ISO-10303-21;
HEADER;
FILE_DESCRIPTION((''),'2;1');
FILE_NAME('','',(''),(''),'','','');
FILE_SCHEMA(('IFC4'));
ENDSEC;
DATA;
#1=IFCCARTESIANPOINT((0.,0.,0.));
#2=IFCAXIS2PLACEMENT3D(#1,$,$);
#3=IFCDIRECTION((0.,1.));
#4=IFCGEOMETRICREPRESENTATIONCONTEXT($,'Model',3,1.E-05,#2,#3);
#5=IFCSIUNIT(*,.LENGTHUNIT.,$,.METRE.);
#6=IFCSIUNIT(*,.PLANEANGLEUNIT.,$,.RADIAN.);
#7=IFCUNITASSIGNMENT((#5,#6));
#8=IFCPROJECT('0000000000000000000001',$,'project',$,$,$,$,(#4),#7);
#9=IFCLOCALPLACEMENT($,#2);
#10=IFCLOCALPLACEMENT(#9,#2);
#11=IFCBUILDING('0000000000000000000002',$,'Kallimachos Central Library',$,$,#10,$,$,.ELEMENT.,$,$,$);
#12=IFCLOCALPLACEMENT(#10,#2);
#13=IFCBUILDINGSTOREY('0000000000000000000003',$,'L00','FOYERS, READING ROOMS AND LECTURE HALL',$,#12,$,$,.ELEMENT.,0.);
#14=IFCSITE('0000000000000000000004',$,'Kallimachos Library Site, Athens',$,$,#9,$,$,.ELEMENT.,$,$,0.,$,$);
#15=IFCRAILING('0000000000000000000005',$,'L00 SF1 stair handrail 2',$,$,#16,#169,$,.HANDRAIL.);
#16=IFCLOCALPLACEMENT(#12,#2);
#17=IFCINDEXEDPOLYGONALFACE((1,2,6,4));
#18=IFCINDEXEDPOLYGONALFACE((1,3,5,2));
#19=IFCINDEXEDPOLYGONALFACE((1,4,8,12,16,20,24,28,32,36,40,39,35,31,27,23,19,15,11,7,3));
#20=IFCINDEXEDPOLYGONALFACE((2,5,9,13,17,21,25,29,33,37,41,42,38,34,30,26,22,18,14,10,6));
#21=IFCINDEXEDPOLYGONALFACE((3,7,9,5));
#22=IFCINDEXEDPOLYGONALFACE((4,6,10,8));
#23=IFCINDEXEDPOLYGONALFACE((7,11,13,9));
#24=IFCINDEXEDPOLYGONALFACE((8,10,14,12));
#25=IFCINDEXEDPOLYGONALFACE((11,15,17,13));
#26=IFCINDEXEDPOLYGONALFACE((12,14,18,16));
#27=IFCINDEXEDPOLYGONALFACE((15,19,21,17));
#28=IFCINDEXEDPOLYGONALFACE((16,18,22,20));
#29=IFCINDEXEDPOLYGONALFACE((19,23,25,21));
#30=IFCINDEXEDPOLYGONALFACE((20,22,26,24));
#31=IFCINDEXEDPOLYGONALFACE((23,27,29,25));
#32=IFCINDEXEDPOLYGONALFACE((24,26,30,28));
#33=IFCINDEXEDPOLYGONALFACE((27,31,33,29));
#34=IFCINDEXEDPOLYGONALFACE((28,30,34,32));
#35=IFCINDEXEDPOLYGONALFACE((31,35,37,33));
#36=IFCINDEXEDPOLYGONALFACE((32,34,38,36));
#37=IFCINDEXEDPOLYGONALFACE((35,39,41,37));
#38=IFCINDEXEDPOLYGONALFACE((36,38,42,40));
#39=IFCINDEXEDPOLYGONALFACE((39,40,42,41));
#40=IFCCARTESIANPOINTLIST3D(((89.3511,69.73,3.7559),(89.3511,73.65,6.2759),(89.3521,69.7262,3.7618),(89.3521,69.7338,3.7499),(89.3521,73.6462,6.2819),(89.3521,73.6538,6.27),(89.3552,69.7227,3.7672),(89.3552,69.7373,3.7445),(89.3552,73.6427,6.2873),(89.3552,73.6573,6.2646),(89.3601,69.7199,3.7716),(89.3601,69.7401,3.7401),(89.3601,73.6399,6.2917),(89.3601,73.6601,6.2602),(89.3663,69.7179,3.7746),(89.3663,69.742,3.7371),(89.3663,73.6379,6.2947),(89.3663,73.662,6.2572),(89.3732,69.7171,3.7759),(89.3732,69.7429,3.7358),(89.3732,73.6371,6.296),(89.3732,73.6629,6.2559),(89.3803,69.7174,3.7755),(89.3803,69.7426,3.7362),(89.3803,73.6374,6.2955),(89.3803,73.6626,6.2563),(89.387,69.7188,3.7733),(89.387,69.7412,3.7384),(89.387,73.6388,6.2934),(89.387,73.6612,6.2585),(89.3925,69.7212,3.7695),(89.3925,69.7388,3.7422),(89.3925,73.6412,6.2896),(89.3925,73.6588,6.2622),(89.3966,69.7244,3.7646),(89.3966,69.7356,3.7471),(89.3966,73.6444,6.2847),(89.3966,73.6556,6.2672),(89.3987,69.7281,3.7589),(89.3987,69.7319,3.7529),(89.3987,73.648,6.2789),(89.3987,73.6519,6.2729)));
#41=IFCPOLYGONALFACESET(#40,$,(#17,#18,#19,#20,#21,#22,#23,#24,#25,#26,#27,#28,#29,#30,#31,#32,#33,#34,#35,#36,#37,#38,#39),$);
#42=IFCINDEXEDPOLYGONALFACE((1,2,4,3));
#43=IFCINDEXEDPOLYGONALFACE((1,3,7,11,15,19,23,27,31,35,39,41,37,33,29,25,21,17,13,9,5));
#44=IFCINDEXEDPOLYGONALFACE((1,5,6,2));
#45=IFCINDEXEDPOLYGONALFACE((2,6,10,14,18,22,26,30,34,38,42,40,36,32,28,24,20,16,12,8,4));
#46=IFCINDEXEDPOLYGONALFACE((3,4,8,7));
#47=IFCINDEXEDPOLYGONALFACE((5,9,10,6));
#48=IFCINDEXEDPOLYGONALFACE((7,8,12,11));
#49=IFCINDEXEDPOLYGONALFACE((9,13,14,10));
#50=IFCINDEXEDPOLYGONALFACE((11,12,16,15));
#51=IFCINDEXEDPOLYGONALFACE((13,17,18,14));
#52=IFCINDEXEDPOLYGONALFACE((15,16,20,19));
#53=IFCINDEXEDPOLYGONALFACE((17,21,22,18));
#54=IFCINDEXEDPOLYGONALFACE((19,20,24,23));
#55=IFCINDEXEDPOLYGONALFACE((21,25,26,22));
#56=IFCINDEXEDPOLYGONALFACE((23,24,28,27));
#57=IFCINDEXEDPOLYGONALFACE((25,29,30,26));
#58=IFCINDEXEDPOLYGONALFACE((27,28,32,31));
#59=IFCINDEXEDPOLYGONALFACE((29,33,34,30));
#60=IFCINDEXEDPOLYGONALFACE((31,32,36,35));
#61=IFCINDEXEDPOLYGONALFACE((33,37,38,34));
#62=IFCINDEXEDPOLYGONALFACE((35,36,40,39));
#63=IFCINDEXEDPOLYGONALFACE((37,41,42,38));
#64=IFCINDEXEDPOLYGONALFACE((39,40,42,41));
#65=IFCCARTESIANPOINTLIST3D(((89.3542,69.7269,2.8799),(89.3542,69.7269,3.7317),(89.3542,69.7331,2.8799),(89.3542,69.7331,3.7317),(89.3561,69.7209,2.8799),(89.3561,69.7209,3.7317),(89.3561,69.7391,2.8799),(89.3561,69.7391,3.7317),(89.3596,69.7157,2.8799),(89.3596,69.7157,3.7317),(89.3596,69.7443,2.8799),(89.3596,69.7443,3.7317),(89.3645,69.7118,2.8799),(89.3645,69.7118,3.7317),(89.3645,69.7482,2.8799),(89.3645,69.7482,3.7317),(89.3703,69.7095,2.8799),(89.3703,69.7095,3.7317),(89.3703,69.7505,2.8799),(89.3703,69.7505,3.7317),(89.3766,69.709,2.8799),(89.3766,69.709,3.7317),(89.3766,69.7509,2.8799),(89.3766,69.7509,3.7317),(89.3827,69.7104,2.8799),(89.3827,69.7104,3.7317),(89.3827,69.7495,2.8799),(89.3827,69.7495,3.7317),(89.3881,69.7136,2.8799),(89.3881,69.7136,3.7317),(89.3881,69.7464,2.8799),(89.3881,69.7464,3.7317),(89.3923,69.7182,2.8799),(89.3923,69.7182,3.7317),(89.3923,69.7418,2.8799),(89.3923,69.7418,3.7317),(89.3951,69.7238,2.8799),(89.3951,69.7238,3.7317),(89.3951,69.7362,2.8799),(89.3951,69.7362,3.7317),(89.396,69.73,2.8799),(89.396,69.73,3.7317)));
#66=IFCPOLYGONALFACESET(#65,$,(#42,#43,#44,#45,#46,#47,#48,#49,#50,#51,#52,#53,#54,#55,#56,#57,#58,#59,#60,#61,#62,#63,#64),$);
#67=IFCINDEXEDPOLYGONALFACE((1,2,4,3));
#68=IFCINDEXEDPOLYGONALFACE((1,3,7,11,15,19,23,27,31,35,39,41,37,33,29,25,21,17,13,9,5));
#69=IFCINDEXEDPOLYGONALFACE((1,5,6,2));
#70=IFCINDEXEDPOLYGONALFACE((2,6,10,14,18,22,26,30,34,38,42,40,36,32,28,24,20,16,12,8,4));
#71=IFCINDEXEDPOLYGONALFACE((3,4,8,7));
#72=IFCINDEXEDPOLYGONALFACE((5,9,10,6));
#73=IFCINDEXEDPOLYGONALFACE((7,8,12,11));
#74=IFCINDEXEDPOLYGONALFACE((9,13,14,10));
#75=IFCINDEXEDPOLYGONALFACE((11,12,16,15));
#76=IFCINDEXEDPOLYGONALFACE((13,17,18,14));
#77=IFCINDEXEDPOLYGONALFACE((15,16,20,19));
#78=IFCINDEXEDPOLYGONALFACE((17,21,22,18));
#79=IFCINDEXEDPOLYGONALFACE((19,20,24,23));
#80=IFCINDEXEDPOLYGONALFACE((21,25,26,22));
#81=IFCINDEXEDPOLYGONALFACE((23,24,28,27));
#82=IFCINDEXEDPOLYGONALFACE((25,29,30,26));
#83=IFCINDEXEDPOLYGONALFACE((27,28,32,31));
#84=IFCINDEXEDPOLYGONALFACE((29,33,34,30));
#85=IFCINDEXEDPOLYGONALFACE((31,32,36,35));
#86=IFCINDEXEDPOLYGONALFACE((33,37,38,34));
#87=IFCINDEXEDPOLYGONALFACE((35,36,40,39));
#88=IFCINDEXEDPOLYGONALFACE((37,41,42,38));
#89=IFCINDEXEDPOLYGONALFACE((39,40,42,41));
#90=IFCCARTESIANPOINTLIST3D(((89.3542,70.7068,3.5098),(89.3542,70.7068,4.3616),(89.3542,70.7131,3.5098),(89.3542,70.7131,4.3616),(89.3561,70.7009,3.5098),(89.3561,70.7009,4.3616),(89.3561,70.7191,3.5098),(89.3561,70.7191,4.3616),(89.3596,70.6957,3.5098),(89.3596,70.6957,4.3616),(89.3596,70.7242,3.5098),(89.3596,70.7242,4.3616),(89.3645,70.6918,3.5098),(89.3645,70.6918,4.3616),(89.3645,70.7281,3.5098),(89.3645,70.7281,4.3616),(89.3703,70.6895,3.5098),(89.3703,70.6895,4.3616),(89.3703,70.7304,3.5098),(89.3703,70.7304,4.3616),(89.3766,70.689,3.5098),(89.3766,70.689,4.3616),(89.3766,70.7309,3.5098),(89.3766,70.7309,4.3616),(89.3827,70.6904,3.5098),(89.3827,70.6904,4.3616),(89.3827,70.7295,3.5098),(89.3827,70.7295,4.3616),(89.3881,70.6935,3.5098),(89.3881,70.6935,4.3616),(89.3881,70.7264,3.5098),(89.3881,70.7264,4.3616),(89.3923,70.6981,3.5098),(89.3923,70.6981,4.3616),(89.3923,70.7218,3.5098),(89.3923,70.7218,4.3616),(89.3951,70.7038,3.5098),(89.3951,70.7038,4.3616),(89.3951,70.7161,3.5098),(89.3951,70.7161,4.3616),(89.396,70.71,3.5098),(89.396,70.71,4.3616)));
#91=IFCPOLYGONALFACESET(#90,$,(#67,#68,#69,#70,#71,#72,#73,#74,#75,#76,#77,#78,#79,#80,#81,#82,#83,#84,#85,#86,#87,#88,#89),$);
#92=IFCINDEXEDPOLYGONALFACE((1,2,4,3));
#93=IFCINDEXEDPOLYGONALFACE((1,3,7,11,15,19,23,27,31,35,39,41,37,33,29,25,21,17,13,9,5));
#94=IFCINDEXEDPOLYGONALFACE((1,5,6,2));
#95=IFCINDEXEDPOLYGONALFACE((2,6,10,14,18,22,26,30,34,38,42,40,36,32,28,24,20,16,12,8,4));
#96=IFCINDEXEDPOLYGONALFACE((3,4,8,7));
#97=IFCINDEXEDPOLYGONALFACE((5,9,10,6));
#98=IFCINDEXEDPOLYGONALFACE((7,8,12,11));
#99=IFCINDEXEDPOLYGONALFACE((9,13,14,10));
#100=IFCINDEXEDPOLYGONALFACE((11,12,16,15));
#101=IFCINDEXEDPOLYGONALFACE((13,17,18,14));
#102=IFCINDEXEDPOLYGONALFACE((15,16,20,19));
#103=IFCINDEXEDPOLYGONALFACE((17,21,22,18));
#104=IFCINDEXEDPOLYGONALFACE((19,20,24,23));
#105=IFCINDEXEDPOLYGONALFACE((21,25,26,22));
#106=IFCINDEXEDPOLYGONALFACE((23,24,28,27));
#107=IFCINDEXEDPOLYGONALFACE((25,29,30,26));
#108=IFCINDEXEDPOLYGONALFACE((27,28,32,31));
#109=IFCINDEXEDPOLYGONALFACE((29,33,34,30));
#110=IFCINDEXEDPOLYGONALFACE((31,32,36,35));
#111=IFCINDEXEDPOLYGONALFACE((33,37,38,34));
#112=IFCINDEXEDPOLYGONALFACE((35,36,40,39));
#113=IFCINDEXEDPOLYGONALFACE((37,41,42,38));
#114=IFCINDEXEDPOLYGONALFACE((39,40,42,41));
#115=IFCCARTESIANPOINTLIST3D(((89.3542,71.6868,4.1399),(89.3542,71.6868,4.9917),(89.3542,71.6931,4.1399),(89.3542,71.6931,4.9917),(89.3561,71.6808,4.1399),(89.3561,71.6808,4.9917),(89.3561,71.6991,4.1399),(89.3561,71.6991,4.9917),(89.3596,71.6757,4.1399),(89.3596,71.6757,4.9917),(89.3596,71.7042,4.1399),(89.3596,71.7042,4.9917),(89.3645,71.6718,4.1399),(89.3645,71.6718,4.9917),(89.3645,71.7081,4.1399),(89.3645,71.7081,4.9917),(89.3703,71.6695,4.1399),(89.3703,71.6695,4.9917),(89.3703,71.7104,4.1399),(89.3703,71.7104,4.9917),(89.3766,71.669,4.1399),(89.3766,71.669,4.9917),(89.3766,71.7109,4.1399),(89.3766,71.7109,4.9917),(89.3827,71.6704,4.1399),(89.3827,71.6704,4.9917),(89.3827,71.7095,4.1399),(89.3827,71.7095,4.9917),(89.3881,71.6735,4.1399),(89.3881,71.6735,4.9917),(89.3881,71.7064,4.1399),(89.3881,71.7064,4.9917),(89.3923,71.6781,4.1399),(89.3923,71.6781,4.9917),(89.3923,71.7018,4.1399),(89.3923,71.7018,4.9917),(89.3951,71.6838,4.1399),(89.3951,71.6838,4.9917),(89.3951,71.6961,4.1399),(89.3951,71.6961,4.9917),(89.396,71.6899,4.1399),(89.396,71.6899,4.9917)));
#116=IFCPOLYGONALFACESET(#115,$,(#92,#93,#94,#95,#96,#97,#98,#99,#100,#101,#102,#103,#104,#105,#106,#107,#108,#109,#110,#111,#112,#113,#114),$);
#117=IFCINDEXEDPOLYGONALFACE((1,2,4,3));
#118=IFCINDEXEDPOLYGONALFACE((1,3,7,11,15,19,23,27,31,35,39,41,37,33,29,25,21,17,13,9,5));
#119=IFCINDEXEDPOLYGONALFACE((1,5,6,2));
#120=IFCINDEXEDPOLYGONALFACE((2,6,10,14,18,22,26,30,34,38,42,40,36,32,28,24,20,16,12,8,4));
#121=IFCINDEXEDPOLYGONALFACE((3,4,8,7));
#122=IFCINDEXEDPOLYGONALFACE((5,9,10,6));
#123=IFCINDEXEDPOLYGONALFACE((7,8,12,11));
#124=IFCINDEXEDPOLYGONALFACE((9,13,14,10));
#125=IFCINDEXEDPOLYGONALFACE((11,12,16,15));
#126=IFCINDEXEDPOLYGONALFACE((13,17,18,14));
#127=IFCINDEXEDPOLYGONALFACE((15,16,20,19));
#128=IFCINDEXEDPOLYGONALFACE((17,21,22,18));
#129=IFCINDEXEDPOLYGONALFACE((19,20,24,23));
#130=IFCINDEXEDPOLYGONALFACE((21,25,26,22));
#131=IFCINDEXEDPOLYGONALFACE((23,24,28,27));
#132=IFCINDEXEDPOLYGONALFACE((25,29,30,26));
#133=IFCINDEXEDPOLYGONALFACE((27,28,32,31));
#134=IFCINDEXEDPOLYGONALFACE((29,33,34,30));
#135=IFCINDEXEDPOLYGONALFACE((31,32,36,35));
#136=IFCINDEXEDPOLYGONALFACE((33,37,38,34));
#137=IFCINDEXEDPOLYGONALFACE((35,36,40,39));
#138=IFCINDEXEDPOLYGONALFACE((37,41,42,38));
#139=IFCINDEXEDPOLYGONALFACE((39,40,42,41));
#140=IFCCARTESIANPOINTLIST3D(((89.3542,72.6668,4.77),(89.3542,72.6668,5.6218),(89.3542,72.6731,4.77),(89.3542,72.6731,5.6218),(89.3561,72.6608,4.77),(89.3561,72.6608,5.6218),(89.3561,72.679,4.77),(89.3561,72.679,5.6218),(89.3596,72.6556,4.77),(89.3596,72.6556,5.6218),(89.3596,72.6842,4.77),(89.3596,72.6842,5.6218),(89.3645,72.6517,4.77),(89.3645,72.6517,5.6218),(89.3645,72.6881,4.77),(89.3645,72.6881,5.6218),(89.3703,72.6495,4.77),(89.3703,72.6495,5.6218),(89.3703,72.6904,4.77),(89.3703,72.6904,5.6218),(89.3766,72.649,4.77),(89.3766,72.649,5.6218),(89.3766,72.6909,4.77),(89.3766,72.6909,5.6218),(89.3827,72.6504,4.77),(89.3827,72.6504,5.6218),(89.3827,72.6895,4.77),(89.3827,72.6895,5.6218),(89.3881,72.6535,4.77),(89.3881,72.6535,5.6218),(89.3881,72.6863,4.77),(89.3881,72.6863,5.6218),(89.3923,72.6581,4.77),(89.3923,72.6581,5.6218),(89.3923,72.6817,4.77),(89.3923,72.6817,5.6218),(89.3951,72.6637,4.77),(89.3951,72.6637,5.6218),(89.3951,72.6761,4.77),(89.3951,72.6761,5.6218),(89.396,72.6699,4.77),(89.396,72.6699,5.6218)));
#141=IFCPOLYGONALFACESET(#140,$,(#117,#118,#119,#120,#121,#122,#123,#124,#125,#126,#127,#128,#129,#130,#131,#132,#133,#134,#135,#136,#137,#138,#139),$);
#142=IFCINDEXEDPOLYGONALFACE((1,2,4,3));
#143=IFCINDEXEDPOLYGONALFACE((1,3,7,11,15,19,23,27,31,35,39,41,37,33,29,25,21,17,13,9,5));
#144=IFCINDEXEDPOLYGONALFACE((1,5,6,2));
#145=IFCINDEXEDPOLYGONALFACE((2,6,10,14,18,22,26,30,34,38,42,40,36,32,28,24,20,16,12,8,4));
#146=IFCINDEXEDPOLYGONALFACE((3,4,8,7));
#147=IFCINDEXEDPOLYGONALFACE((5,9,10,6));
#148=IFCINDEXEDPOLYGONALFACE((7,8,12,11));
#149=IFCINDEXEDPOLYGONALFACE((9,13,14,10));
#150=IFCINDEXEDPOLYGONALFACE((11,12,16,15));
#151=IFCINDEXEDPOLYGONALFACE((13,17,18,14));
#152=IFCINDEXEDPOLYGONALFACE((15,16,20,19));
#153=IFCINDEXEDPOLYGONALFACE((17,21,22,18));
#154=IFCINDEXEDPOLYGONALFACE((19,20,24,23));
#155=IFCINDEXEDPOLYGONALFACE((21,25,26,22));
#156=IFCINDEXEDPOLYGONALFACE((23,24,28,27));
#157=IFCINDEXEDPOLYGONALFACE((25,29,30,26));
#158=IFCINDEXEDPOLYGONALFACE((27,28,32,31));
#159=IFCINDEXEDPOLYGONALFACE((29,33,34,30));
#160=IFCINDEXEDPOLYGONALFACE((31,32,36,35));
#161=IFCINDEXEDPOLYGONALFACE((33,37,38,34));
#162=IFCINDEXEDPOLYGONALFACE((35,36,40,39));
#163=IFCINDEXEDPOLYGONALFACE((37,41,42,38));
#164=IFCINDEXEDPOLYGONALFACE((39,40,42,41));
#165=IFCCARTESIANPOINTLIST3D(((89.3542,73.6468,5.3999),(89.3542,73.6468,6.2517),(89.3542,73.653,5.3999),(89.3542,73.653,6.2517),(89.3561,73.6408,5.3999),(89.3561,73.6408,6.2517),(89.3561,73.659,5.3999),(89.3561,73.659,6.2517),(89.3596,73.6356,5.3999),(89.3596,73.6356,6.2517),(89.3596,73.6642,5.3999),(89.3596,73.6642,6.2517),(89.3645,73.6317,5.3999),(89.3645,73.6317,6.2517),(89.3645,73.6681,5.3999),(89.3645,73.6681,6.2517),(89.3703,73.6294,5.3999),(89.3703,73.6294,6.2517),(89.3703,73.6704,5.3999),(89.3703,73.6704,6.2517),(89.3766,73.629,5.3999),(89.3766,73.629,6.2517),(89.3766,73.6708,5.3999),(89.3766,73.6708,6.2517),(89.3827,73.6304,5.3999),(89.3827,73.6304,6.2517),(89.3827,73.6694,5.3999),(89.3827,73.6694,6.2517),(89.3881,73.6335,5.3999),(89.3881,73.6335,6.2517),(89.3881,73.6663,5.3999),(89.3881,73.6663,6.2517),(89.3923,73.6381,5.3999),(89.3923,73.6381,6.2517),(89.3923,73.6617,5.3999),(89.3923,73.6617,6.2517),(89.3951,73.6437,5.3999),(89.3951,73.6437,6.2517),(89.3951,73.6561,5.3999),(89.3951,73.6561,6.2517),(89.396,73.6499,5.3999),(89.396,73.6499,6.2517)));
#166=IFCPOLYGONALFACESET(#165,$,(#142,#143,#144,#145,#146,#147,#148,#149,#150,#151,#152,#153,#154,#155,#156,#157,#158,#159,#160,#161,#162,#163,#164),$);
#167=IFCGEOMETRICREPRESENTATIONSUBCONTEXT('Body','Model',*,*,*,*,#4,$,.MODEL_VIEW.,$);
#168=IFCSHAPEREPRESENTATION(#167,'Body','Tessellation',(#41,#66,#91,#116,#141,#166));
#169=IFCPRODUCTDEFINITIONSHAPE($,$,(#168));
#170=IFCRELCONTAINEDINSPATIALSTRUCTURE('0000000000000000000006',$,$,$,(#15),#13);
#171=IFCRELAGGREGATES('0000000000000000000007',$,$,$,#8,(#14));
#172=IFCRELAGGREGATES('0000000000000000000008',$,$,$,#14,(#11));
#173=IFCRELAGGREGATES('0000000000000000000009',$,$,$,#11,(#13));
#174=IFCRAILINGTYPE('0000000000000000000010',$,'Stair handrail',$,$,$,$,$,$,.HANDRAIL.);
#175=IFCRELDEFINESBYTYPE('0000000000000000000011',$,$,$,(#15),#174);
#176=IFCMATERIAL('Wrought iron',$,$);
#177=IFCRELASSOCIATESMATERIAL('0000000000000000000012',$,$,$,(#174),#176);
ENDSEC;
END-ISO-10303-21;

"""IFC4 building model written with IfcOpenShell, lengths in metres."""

from ifc_helpers import new_model, si_unit, direction, frame, origin, origin_2d, place, context, subcontext, project, spatial, circle, extrude, material, type_object, element, save


model = new_model("IFC4")

# Units and contexts
model_context = context("Model", 3, precision=1e-05, world=origin(), true_north=direction((0.0, 1.0)))
body_context = subcontext(model_context, "Body", "Model", "MODEL_VIEW")
ifc_project = project(units=[si_unit("LENGTHUNIT", "METRE"), si_unit("PLANEANGLEUNIT", "RADIAN")], contexts=[model_context])

# Site, building, storey
site_placement = place(None, origin())
site = spatial("IfcSite", under=ifc_project, at=site_placement, Name="Kallimachos Library Site, Athens", CompositionType="ELEMENT", RefElevation=0.0)
building_placement = place(site_placement, origin())
building = spatial("IfcBuilding", under=site, at=building_placement, Name="Kallimachos Central Library", CompositionType="ELEMENT")
storey_placement = place(building_placement, origin())
storey = spatial("IfcBuildingStorey", under=building, at=storey_placement, Name="L00", Description="FOYERS, READING ROOMS AND LECTURE HALL", CompositionType="ELEMENT", Elevation=0.0)

# Railing
ifc_material_1 = material(Name="Wrought iron")
railing_type_1 = type_object("IfcRailingType", Name="Stair handrail", PredefinedType="HANDRAIL", material=ifc_material_1)
railing_1_placement = place(storey_placement, frame((89.375, 69.73, 2.8799)))
element("IfcRailing", 1, at=railing_1_placement, inside=storey, type_object=railing_type_1, Name="L00 SF1 stair handrail 2", PredefinedType="HANDRAIL", context=body_context, shape_type="SweptSolid", body=[
    extrude(circle(Radius=0.0239, at=origin_2d()), frame((0.0, 0.0, 0.876), z_axis=(0.0, 0.841172, 0.540768), x_axis=(-1.0, 0.0, 0.0)), (0.0, 0.0, 1.0), 4.6602),
    extrude(circle(Radius=0.021, at=origin_2d()), origin(), (0.0, 0.0, 1.0), 0.8518),
    extrude(circle(Radius=0.021, at=origin_2d()), frame((0.0, 0.98, 0.6299)), (0.0, 0.0, 1.0), 0.8518),
    extrude(circle(Radius=0.021, at=origin_2d()), frame((0.0, 1.96, 1.26)), (0.0, 0.0, 1.0), 0.8518),
    extrude(circle(Radius=0.021, at=origin_2d()), frame((0.0, 2.9399, 1.8901)), (0.0, 0.0, 1.0), 0.8518),
    extrude(circle(Radius=0.021, at=origin_2d()), frame((0.0, 3.9199, 2.52)), (0.0, 0.0, 1.0), 0.8518),
])

save(model, "model.ifc")
